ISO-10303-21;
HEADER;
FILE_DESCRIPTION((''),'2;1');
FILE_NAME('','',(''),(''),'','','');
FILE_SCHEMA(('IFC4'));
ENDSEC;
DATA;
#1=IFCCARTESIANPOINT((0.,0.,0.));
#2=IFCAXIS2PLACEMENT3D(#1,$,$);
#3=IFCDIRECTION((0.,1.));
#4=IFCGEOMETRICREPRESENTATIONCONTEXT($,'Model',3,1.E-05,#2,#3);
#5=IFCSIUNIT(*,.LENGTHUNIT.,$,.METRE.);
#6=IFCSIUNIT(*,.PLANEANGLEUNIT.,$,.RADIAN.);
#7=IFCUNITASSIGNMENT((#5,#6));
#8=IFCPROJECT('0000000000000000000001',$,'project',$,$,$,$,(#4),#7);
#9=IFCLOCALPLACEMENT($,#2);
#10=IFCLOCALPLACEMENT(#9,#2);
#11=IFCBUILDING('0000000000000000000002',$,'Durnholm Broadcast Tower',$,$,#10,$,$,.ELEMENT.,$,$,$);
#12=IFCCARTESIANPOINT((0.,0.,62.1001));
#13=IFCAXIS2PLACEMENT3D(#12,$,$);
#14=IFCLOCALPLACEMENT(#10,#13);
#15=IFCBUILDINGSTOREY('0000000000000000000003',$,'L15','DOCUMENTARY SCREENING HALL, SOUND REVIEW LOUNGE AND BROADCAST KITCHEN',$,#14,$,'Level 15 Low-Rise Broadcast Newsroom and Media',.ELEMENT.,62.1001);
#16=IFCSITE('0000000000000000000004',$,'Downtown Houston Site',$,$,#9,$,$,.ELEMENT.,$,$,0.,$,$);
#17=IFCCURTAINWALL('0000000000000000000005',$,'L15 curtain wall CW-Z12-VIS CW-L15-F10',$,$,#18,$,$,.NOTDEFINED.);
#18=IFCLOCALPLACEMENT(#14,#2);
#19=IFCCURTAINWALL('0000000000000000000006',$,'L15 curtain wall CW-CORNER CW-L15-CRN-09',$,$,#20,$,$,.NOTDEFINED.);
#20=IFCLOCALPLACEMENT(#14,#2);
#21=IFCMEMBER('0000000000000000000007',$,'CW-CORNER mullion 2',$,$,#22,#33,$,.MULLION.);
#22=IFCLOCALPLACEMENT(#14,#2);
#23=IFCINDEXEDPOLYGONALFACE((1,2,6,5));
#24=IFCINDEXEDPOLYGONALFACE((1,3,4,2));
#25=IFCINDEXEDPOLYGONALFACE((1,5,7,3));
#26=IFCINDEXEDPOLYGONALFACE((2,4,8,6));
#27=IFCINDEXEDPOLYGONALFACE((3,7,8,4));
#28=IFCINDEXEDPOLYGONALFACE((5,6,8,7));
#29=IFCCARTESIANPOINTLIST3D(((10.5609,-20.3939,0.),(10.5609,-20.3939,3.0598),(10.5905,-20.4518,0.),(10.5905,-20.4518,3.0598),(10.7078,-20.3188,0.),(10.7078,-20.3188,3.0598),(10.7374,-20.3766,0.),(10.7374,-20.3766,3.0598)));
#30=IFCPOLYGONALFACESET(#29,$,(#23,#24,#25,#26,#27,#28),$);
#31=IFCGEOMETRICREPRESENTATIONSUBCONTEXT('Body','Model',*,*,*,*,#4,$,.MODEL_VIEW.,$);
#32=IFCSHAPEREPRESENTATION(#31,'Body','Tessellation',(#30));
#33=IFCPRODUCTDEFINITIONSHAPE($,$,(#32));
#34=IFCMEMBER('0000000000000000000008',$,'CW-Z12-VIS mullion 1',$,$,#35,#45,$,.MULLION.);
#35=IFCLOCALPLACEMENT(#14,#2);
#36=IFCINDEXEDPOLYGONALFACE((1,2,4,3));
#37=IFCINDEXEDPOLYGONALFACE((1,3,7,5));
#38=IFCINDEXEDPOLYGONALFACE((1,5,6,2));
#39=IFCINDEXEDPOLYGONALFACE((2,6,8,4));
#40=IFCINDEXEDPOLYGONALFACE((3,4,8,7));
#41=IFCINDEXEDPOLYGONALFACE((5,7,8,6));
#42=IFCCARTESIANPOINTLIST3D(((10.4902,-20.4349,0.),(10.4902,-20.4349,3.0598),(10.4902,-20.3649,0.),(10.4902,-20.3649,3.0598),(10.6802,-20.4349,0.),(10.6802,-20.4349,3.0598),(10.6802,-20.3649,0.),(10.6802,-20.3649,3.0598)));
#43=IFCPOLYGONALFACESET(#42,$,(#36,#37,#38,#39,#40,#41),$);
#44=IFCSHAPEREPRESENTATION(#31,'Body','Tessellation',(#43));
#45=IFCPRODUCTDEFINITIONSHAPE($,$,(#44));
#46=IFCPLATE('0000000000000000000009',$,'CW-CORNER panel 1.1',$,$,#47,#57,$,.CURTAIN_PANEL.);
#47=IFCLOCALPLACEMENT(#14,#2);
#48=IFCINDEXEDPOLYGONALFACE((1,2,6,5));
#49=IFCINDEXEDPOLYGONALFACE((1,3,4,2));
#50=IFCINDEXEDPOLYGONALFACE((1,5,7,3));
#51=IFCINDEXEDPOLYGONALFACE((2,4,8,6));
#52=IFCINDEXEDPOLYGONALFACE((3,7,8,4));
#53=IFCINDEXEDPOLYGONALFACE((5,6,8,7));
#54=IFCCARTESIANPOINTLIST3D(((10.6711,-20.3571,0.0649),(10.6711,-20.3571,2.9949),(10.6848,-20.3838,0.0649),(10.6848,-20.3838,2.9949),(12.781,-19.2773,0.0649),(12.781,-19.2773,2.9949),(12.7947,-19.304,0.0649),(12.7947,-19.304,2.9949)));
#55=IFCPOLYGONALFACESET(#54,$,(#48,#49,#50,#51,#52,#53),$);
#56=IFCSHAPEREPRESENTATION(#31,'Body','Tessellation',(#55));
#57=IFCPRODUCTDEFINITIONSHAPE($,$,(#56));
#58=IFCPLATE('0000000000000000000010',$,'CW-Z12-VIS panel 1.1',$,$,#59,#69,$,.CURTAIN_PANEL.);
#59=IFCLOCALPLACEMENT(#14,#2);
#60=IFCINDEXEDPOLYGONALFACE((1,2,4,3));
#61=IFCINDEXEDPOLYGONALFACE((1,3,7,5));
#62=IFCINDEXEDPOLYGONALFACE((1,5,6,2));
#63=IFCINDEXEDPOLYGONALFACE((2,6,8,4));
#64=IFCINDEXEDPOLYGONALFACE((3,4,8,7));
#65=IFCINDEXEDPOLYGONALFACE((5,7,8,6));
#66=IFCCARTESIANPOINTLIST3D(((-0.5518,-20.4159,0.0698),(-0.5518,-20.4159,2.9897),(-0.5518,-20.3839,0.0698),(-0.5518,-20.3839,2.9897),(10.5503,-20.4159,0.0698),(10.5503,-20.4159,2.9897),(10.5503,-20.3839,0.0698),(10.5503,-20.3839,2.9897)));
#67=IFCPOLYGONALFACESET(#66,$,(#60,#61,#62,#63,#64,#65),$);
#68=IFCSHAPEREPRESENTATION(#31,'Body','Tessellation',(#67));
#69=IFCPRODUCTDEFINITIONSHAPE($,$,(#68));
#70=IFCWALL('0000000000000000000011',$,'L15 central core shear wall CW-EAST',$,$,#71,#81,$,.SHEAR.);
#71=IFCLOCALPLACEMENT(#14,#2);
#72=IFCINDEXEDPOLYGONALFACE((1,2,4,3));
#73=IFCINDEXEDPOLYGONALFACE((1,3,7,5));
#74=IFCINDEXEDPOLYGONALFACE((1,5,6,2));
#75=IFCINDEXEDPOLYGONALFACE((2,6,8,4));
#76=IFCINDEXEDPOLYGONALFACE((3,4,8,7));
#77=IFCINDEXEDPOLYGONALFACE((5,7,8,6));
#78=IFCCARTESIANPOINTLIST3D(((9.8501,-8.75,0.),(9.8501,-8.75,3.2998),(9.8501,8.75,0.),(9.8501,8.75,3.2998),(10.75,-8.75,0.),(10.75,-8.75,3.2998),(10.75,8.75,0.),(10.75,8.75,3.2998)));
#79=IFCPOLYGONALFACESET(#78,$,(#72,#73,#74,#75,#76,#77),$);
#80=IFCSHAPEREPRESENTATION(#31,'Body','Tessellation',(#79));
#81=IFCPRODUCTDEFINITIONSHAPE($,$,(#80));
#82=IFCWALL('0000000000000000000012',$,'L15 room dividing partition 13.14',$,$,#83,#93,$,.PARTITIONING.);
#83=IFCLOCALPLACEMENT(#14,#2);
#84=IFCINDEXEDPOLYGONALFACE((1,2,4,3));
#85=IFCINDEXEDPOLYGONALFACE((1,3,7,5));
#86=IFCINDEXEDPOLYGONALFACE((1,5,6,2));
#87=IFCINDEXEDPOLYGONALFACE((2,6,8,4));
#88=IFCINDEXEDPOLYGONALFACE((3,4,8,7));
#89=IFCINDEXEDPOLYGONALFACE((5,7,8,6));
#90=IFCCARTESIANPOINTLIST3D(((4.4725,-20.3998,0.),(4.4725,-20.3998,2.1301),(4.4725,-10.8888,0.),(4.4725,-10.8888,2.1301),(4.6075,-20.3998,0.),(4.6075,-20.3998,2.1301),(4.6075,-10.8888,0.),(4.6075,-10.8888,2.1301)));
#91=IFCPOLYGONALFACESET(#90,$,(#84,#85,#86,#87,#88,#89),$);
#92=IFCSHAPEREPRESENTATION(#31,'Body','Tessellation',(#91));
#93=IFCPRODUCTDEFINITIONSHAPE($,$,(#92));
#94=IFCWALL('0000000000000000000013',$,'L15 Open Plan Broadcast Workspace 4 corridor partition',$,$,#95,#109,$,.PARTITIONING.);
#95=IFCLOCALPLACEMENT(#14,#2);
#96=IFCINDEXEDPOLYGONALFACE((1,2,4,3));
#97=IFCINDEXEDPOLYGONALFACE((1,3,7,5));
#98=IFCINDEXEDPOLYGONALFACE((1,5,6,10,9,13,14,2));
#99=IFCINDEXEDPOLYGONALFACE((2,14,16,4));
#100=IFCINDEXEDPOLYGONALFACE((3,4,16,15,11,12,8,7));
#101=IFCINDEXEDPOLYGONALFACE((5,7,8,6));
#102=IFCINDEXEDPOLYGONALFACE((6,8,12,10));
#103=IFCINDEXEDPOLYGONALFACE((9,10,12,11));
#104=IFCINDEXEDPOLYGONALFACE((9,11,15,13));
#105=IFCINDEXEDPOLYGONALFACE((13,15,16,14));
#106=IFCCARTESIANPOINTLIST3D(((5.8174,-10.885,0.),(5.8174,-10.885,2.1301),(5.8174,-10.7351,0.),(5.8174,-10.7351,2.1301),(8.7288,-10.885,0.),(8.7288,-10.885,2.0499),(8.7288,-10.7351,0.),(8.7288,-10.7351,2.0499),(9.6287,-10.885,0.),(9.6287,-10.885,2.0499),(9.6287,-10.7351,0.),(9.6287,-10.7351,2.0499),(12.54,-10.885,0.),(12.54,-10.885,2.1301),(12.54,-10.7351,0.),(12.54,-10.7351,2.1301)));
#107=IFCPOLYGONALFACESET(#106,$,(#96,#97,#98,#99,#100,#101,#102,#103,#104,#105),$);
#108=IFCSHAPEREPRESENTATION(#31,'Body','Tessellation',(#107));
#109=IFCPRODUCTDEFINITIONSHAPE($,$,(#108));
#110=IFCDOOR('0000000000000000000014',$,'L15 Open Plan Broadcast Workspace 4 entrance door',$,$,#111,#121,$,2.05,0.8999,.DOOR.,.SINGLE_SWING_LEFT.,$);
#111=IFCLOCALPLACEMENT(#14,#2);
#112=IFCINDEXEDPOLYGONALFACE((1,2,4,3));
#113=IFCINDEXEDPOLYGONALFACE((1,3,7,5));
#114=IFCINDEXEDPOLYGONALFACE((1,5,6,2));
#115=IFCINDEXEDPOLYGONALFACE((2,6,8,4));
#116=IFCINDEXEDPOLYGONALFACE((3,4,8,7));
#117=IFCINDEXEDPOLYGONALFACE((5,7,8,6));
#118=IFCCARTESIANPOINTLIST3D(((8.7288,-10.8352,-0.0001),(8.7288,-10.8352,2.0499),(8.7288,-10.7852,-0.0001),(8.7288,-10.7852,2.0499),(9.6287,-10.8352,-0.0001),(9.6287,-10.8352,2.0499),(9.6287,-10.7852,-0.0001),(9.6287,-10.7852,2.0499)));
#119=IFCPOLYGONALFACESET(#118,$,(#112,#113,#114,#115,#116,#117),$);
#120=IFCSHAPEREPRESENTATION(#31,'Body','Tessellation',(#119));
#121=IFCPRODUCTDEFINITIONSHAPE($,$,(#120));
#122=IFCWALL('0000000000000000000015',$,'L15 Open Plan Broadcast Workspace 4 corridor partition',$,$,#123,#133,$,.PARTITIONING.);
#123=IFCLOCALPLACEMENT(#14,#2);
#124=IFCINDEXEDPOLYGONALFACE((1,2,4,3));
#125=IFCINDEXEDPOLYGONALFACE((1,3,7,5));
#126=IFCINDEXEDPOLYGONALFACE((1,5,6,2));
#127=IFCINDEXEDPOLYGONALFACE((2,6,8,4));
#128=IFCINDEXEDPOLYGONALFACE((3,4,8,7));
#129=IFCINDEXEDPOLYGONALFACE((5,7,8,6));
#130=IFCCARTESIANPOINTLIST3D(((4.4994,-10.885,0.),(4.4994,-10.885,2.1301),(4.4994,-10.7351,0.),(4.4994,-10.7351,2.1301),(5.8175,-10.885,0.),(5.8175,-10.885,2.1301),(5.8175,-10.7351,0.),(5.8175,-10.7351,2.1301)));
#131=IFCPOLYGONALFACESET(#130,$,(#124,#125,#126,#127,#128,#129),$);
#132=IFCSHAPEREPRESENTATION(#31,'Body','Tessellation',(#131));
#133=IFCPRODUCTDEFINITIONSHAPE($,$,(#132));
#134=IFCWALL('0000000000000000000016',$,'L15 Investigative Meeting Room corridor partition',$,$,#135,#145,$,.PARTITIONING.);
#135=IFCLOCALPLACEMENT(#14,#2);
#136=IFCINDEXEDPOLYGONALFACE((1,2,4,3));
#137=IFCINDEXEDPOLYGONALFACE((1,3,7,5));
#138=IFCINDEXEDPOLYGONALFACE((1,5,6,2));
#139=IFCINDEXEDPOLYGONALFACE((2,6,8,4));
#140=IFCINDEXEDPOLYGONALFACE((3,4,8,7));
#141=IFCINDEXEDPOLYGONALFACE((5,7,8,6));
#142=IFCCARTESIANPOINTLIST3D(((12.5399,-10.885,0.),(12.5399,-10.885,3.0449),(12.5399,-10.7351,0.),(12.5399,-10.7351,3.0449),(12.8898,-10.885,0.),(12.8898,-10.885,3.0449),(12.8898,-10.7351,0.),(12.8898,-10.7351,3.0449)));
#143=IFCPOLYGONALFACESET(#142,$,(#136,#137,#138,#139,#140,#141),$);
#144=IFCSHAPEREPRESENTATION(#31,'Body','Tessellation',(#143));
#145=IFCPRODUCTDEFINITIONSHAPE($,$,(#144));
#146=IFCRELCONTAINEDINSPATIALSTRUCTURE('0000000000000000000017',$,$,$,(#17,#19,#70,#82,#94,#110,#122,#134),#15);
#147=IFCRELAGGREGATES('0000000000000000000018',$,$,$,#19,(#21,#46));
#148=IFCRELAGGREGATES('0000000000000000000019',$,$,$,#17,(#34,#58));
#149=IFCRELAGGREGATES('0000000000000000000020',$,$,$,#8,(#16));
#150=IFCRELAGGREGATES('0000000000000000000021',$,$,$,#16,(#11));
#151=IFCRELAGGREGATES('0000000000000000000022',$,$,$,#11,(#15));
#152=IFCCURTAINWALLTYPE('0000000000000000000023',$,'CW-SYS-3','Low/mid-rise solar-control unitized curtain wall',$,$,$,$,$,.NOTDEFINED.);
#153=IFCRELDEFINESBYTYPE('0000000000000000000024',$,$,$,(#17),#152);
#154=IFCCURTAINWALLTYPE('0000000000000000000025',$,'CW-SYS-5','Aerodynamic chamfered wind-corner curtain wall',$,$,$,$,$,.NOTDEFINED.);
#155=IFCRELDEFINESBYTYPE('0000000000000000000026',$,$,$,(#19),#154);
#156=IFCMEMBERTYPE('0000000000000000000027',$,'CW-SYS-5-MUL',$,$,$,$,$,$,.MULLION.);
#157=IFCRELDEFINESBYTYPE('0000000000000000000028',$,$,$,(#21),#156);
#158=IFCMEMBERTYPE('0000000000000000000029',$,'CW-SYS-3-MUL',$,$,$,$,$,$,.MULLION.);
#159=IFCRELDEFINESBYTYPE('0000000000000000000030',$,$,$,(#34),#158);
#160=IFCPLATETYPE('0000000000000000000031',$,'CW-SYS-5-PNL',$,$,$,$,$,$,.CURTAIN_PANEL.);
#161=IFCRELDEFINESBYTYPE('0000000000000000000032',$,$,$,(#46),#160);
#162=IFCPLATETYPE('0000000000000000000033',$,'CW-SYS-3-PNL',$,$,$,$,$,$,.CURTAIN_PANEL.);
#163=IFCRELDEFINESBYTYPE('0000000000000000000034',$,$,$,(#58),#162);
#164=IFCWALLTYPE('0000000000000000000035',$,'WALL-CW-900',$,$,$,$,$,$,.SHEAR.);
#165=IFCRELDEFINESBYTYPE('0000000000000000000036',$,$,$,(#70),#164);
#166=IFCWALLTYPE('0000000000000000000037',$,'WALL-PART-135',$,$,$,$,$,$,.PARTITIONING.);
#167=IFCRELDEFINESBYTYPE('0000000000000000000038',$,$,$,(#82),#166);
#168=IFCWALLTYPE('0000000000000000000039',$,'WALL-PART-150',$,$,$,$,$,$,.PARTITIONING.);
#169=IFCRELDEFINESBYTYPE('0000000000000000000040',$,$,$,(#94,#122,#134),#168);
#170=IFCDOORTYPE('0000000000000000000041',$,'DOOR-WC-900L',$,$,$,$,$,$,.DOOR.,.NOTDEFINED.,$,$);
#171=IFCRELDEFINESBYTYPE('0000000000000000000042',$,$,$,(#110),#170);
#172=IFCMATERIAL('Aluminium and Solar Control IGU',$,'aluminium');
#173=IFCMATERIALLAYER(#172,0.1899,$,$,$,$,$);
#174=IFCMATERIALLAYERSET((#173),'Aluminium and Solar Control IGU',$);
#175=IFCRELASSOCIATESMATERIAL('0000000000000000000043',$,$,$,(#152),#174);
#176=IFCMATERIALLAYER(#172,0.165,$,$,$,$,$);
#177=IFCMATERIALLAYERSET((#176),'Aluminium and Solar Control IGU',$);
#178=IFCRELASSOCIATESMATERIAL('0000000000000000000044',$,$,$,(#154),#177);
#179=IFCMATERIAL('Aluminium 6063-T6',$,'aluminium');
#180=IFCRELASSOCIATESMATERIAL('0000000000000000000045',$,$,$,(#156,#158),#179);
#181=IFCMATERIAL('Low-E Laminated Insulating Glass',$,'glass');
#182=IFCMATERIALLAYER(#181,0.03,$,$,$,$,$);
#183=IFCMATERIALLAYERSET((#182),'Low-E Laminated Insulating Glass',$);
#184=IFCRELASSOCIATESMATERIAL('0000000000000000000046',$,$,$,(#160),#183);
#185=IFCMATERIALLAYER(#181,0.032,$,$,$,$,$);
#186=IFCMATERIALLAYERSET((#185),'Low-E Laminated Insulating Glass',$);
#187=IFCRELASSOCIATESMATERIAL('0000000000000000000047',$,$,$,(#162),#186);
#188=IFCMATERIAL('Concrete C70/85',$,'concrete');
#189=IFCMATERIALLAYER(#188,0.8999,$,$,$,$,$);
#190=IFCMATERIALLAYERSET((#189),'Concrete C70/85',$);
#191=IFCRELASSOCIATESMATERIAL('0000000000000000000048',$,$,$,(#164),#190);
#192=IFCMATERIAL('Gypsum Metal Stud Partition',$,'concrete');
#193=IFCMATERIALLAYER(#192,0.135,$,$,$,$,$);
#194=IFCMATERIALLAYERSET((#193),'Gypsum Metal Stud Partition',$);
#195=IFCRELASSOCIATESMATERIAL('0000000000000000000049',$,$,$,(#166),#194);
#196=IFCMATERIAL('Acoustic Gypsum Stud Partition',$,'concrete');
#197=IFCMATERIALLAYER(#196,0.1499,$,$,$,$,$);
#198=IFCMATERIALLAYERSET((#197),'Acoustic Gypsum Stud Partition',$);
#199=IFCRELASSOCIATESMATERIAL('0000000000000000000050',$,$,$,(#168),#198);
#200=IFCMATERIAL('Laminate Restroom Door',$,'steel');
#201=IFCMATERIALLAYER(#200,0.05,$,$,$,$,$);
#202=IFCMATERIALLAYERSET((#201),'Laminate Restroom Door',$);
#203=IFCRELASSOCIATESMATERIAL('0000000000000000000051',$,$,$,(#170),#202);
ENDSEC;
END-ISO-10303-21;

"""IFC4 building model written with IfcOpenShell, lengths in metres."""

from ifc_helpers import new_model, si_unit, direction, frame, frame_2d, origin, origin_2d, place, context, subcontext, project, spatial, rectangle, extrude, source, transform, mapped, material, layer, layer_set, material_profile, profile_set, type_object, type_shapes, element, fill, aggregate, save


model = new_model("IFC4")

# Units and contexts
model_context = context("Model", 3, precision=1e-05, world=origin(), true_north=direction((0.0, 1.0)))
body_context = subcontext(model_context, "Body", "Model", "MODEL_VIEW")
ifc_project = project(units=[si_unit("LENGTHUNIT", "METRE"), si_unit("PLANEANGLEUNIT", "RADIAN")], contexts=[model_context])

# Site, building, storey
site_placement = place(None, origin())
site = spatial("IfcSite", under=ifc_project, at=site_placement, Name="Downtown Houston Site", CompositionType="ELEMENT", RefElevation=0.0)
building_placement = place(site_placement, origin())
building = spatial("IfcBuilding", under=site, at=building_placement, Name="Durnholm Broadcast Tower", CompositionType="ELEMENT")
storey_placement = place(building_placement, frame((0.0, 0.0, 62.1001)))
storey = spatial("IfcBuildingStorey", under=building, at=storey_placement, Name="L15", Description="DOCUMENTARY SCREENING HALL, SOUND REVIEW LOUNGE AND BROADCAST KITCHEN", LongName="Level 15 Low-Rise Broadcast Newsroom and Media", CompositionType="ELEMENT", Elevation=62.1001)

# Shared definitions
ifc_material_1 = material(Name="Concrete C70/85", Category="concrete")

# Curtain wall
ifc_material_2 = material(Name="Aluminium and Solar Control IGU", Category="aluminium")
ifc_layer_1 = layer(ifc_material_2, 0.1899)
ifc_layer_set_1 = layer_set([ifc_layer_1], Name="Aluminium and Solar Control IGU")
curtain_wall_type_1 = type_object("IfcCurtainWallType", Name="CW-SYS-3", Description="Low/mid-rise solar-control unitized curtain wall", PredefinedType="NOTDEFINED", material=ifc_layer_set_1)
curtain_wall_1_placement = place(storey_placement, origin())
curtain_wall_1 = element("IfcCurtainWall", 1, at=curtain_wall_1_placement, inside=storey, type_object=curtain_wall_type_1, Name="L15 curtain wall CW-Z12-VIS CW-L15-F10", PredefinedType="NOTDEFINED")
ifc_material_3 = material(Name="Aluminium 6063-T6", Category="aluminium")

# Curtain wall, member
ifc_layer_2 = layer(ifc_material_2, 0.165)
ifc_layer_set_2 = layer_set([ifc_layer_2], Name="Aluminium and Solar Control IGU")
curtain_wall_type_2 = type_object("IfcCurtainWallType", Name="CW-SYS-5", Description="Aerodynamic chamfered wind-corner curtain wall", PredefinedType="NOTDEFINED", material=ifc_layer_set_2)
curtain_wall_2_placement = place(storey_placement, origin())
curtain_wall_2 = element("IfcCurtainWall", 2, at=curtain_wall_2_placement, inside=storey, type_object=curtain_wall_type_2, Name="L15 curtain wall CW-CORNER CW-L15-CRN-09", PredefinedType="NOTDEFINED")
ifc_material_profile_1 = material_profile(ifc_material_3, rectangle(XDim=0.0649, YDim=0.165, at=origin_2d()), Name="CWM65X165")
ifc_profile_set_1 = profile_set([ifc_material_profile_1], Name="Aluminium 6063-T6")
member_type_1 = type_object("IfcMemberType", Name="CW-SYS-5-MUL", PredefinedType="MULLION", material=ifc_profile_set_1)
shared_shape_1 = source(origin(), body_context, "Body", "SweptSolid", [
    extrude(rectangle(XDim=0.0649, YDim=0.165, at=origin_2d()), origin(), (0.0, 0.0, 1.0), 3.0598),
])
type_shapes(member_type_1, [shared_shape_1])
member_1_placement = place(storey_placement, frame((10.6492, -20.3853, 0.0), z_axis=(0.0, 0.0, 1.0), x_axis=(0.455594, -0.890188, 0.0)))
member_1 = element("IfcMember", 3, at=member_1_placement, type_object=member_type_1, Name="CW-CORNER mullion 2", PredefinedType="MULLION", context=body_context, shape_type="MappedRepresentation", body=[
    mapped(shared_shape_1, transform((0.0, 0.0, 0.0), x_axis=(1.0, 0.0, 0.0), y_axis=(0.0, 1.0, 0.0), z_axis=(0.0, 0.0, 1.0), scale=1.0)),
])

# Member
ifc_material_profile_2 = material_profile(ifc_material_3, rectangle(XDim=0.0701, YDim=0.1899, at=origin_2d()), Name="CWM70X190")
ifc_profile_set_2 = profile_set([ifc_material_profile_2], Name="Aluminium 6063-T6")
member_type_2 = type_object("IfcMemberType", Name="CW-SYS-3-MUL", PredefinedType="MULLION", material=ifc_profile_set_2)
shared_shape_2 = source(origin(), body_context, "Body", "SweptSolid", [
    extrude(rectangle(XDim=0.0701, YDim=0.1899, at=origin_2d()), origin(), (0.0, 0.0, 1.0), 3.0598),
])
type_shapes(member_type_2, [shared_shape_2])
member_2_placement = place(storey_placement, frame((10.5852, -20.3999, 0.0), z_axis=(0.0, 0.0, 1.0), x_axis=(0.0, -1.0, 0.0)))
member_2 = element("IfcMember", 4, at=member_2_placement, type_object=member_type_2, Name="CW-Z12-VIS mullion 1", PredefinedType="MULLION", context=body_context, shape_type="MappedRepresentation", body=[
    mapped(shared_shape_2, transform((0.0, 0.0, 0.0), x_axis=(1.0, 0.0, 0.0), y_axis=(0.0, 1.0, 0.0), z_axis=(0.0, 0.0, 1.0), scale=1.0)),
])

# Plates
ifc_material_4 = material(Name="Low-E Laminated Insulating Glass", Category="glass")
ifc_layer_3 = layer(ifc_material_4, 0.03)
ifc_layer_set_3 = layer_set([ifc_layer_3], Name="Low-E Laminated Insulating Glass")
plate_type_1 = type_object("IfcPlateType", Name="CW-SYS-5-PNL", PredefinedType="CURTAIN_PANEL", material=ifc_layer_set_3)
shared_shape_3 = source(origin(), body_context, "Body", "SweptSolid", [
    extrude(rectangle(XDim=2.3701, YDim=0.03, at=origin_2d()), origin(), (0.0, 0.0, 1.0), 2.9299),
])
type_shapes(plate_type_1, [shared_shape_3])
plate_1_placement = place(storey_placement, frame((11.7329, -19.8306, 0.0649), z_axis=(0.0, 0.0, 1.0), x_axis=(-0.890188, -0.455594, 0.0)))
plate_1 = element("IfcPlate", 5, at=plate_1_placement, type_object=plate_type_1, Name="CW-CORNER panel 1.1", PredefinedType="CURTAIN_PANEL", context=body_context, shape_type="MappedRepresentation", body=[
    mapped(shared_shape_3, transform((0.0, 0.0, 0.0), x_axis=(1.0, 0.0, 0.0), y_axis=(0.0, 1.0, 0.0), z_axis=(0.0, 0.0, 1.0), scale=1.0)),
])
aggregate(curtain_wall_2, [member_1, plate_1])
ifc_layer_4 = layer(ifc_material_4, 0.032)
ifc_layer_set_4 = layer_set([ifc_layer_4], Name="Low-E Laminated Insulating Glass")
plate_type_2 = type_object("IfcPlateType", Name="CW-SYS-3-PNL", PredefinedType="CURTAIN_PANEL", material=ifc_layer_set_4)
shared_shape_4 = source(origin(), body_context, "Body", "SweptSolid", [
    extrude(rectangle(XDim=11.1021, YDim=0.032, at=origin_2d()), origin(), (0.0, 0.0, 1.0), 2.9199),
])
type_shapes(plate_type_2, [shared_shape_4])
plate_2_placement = place(storey_placement, frame((4.9993, -20.3999, 0.0698), z_axis=(0.0, 0.0, 1.0), x_axis=(-1.0, 0.0, 0.0)))
plate_2 = element("IfcPlate", 6, at=plate_2_placement, type_object=plate_type_2, Name="CW-Z12-VIS panel 1.1", PredefinedType="CURTAIN_PANEL", context=body_context, shape_type="MappedRepresentation", body=[
    mapped(shared_shape_4, transform((0.0, 0.0, 0.0), x_axis=(1.0, 0.0, 0.0), y_axis=(0.0, 1.0, 0.0), z_axis=(0.0, 0.0, 1.0), scale=1.0)),
])
aggregate(curtain_wall_1, [member_2, plate_2])

# Walls
ifc_layer_5 = layer(ifc_material_1, 0.8999)
ifc_layer_set_5 = layer_set([ifc_layer_5], Name="Concrete C70/85")
wall_type_1 = type_object("IfcWallType", Name="WALL-CW-900", PredefinedType="SHEAR", material=ifc_layer_set_5)
wall_1_placement = place(storey_placement, frame((10.3, -8.75, 0.0), z_axis=(0.0, 0.0, 1.0), x_axis=(0.0, 1.0, 0.0)))
element("IfcWall", 7, at=wall_1_placement, inside=storey, type_object=wall_type_1, Name="L15 central core shear wall CW-EAST", PredefinedType="SHEAR", context=body_context, shape_type="SweptSolid", body=[
    extrude(rectangle(XDim=17.5, YDim=0.8999, at=frame_2d((8.75, 0.0))), origin(), (0.0, 0.0, 1.0), 3.2998),
])
ifc_material_5 = material(Name="Gypsum Metal Stud Partition", Category="concrete")
ifc_layer_6 = layer(ifc_material_5, 0.135)
ifc_layer_set_6 = layer_set([ifc_layer_6], Name="Gypsum Metal Stud Partition")
wall_type_2 = type_object("IfcWallType", Name="WALL-PART-135", PredefinedType="PARTITIONING", material=ifc_layer_set_6)
wall_2_placement = place(storey_placement, frame((4.54, -10.8889, 0.0), z_axis=(0.0, 0.0, 1.0), x_axis=(0.0, -1.0, 0.0)))
element("IfcWall", 8, at=wall_2_placement, inside=storey, type_object=wall_type_2, Name="L15 room dividing partition 13.14", PredefinedType="PARTITIONING", context=body_context, shape_type="SweptSolid", body=[
    extrude(rectangle(XDim=9.511, YDim=0.135, at=frame_2d((4.7554, 0.0))), origin(), (0.0, 0.0, 1.0), 2.1301),
])

# Wall, opening, door
ifc_material_6 = material(Name="Acoustic Gypsum Stud Partition", Category="concrete")
ifc_layer_7 = layer(ifc_material_6, 0.1499)
ifc_layer_set_7 = layer_set([ifc_layer_7], Name="Acoustic Gypsum Stud Partition")
wall_type_3 = type_object("IfcWallType", Name="WALL-PART-150", PredefinedType="PARTITIONING", material=ifc_layer_set_7)
wall_3_placement = place(storey_placement, frame((5.8174, -10.8101, 0.0), z_axis=(0.0, 0.0, 1.0), x_axis=(1.0, 0.0, 0.0)))
wall_3 = element("IfcWall", 9, at=wall_3_placement, inside=storey, type_object=wall_type_3, Name="L15 Open Plan Broadcast Workspace 4 corridor partition", PredefinedType="PARTITIONING", context=body_context, shape_type="SweptSolid", body=[
    extrude(rectangle(XDim=6.7227, YDim=0.1499, at=frame_2d((3.3613, 0.0))), origin(), (0.0, 0.0, 1.0), 2.1301),
])
opening_placement = place(wall_3_placement, frame((2.9114, 0.0, 0.0)))
opening = element("IfcOpeningElement", 10, at=opening_placement, cuts=wall_3, PredefinedType="OPENING", context=body_context, shape_type="SweptSolid", body=[
    extrude(rectangle(XDim=0.8999, YDim=2.05, at=frame_2d((0.45, 1.0249))), frame((0.0, 0.085, 0.0), z_axis=(0.0, -1.0, 0.0), x_axis=(1.0, 0.0, 0.0)), (0.0, 0.0, 1.0), 0.1699),
])
ifc_material_7 = material(Name="Laminate Restroom Door", Category="steel")
ifc_layer_8 = layer(ifc_material_7, 0.05)
ifc_layer_set_8 = layer_set([ifc_layer_8], Name="Laminate Restroom Door")
door_type = type_object("IfcDoorType", Name="DOOR-WC-900L", OperationType="NOTDEFINED", PredefinedType="DOOR", material=ifc_layer_set_8)
shared_shape_5 = source(origin(), body_context, "Body", "SweptSolid", [
    extrude(rectangle(XDim=0.8999, YDim=2.05, at=frame_2d((0.45, 1.0249))), frame((0.0, 0.0249, 0.0), z_axis=(0.0, -1.0, 0.0), x_axis=(1.0, 0.0, 0.0)), (0.0, 0.0, 1.0), 0.05),
])
type_shapes(door_type, [shared_shape_5])
door_placement = place(opening_placement, origin())
door = element("IfcDoor", 11, at=door_placement, inside=storey, type_object=door_type, Name="L15 Open Plan Broadcast Workspace 4 entrance door", OperationType="SINGLE_SWING_LEFT", OverallHeight=2.05, OverallWidth=0.8999, PredefinedType="DOOR", context=body_context, shape_type="MappedRepresentation", body=[
    mapped(shared_shape_5, transform((0.0, 0.0, 0.0), x_axis=(1.0, 0.0, 0.0), y_axis=(0.0, 1.0, 0.0), z_axis=(0.0, 0.0, 1.0), scale=1.0)),
])
fill(opening, door)

# Walls
wall_4_placement = place(storey_placement, frame((4.4993, -10.8101, 0.0), z_axis=(0.0, 0.0, 1.0), x_axis=(1.0, 0.0, 0.0)))
element("IfcWall", 12, at=wall_4_placement, inside=storey, type_object=wall_type_3, Name="L15 Open Plan Broadcast Workspace 4 corridor partition", PredefinedType="PARTITIONING", context=body_context, shape_type="SweptSolid", body=[
    extrude(rectangle(XDim=1.3181, YDim=0.1499, at=frame_2d((0.6592, 0.0))), origin(), (0.0, 0.0, 1.0), 2.1301),
])
wall_5_placement = place(storey_placement, frame((12.54, -10.8101, 0.0), z_axis=(0.0, 0.0, 1.0), x_axis=(1.0, 0.0, 0.0)))
element("IfcWall", 13, at=wall_5_placement, inside=storey, type_object=wall_type_3, Name="L15 Investigative Meeting Room corridor partition", PredefinedType="PARTITIONING", context=body_context, shape_type="SweptSolid", body=[
    extrude(rectangle(XDim=0.3499, YDim=0.1499, at=frame_2d((0.1748, 0.0))), origin(), (0.0, 0.0, 1.0), 3.0449),
])

save(model, "model.ifc")
